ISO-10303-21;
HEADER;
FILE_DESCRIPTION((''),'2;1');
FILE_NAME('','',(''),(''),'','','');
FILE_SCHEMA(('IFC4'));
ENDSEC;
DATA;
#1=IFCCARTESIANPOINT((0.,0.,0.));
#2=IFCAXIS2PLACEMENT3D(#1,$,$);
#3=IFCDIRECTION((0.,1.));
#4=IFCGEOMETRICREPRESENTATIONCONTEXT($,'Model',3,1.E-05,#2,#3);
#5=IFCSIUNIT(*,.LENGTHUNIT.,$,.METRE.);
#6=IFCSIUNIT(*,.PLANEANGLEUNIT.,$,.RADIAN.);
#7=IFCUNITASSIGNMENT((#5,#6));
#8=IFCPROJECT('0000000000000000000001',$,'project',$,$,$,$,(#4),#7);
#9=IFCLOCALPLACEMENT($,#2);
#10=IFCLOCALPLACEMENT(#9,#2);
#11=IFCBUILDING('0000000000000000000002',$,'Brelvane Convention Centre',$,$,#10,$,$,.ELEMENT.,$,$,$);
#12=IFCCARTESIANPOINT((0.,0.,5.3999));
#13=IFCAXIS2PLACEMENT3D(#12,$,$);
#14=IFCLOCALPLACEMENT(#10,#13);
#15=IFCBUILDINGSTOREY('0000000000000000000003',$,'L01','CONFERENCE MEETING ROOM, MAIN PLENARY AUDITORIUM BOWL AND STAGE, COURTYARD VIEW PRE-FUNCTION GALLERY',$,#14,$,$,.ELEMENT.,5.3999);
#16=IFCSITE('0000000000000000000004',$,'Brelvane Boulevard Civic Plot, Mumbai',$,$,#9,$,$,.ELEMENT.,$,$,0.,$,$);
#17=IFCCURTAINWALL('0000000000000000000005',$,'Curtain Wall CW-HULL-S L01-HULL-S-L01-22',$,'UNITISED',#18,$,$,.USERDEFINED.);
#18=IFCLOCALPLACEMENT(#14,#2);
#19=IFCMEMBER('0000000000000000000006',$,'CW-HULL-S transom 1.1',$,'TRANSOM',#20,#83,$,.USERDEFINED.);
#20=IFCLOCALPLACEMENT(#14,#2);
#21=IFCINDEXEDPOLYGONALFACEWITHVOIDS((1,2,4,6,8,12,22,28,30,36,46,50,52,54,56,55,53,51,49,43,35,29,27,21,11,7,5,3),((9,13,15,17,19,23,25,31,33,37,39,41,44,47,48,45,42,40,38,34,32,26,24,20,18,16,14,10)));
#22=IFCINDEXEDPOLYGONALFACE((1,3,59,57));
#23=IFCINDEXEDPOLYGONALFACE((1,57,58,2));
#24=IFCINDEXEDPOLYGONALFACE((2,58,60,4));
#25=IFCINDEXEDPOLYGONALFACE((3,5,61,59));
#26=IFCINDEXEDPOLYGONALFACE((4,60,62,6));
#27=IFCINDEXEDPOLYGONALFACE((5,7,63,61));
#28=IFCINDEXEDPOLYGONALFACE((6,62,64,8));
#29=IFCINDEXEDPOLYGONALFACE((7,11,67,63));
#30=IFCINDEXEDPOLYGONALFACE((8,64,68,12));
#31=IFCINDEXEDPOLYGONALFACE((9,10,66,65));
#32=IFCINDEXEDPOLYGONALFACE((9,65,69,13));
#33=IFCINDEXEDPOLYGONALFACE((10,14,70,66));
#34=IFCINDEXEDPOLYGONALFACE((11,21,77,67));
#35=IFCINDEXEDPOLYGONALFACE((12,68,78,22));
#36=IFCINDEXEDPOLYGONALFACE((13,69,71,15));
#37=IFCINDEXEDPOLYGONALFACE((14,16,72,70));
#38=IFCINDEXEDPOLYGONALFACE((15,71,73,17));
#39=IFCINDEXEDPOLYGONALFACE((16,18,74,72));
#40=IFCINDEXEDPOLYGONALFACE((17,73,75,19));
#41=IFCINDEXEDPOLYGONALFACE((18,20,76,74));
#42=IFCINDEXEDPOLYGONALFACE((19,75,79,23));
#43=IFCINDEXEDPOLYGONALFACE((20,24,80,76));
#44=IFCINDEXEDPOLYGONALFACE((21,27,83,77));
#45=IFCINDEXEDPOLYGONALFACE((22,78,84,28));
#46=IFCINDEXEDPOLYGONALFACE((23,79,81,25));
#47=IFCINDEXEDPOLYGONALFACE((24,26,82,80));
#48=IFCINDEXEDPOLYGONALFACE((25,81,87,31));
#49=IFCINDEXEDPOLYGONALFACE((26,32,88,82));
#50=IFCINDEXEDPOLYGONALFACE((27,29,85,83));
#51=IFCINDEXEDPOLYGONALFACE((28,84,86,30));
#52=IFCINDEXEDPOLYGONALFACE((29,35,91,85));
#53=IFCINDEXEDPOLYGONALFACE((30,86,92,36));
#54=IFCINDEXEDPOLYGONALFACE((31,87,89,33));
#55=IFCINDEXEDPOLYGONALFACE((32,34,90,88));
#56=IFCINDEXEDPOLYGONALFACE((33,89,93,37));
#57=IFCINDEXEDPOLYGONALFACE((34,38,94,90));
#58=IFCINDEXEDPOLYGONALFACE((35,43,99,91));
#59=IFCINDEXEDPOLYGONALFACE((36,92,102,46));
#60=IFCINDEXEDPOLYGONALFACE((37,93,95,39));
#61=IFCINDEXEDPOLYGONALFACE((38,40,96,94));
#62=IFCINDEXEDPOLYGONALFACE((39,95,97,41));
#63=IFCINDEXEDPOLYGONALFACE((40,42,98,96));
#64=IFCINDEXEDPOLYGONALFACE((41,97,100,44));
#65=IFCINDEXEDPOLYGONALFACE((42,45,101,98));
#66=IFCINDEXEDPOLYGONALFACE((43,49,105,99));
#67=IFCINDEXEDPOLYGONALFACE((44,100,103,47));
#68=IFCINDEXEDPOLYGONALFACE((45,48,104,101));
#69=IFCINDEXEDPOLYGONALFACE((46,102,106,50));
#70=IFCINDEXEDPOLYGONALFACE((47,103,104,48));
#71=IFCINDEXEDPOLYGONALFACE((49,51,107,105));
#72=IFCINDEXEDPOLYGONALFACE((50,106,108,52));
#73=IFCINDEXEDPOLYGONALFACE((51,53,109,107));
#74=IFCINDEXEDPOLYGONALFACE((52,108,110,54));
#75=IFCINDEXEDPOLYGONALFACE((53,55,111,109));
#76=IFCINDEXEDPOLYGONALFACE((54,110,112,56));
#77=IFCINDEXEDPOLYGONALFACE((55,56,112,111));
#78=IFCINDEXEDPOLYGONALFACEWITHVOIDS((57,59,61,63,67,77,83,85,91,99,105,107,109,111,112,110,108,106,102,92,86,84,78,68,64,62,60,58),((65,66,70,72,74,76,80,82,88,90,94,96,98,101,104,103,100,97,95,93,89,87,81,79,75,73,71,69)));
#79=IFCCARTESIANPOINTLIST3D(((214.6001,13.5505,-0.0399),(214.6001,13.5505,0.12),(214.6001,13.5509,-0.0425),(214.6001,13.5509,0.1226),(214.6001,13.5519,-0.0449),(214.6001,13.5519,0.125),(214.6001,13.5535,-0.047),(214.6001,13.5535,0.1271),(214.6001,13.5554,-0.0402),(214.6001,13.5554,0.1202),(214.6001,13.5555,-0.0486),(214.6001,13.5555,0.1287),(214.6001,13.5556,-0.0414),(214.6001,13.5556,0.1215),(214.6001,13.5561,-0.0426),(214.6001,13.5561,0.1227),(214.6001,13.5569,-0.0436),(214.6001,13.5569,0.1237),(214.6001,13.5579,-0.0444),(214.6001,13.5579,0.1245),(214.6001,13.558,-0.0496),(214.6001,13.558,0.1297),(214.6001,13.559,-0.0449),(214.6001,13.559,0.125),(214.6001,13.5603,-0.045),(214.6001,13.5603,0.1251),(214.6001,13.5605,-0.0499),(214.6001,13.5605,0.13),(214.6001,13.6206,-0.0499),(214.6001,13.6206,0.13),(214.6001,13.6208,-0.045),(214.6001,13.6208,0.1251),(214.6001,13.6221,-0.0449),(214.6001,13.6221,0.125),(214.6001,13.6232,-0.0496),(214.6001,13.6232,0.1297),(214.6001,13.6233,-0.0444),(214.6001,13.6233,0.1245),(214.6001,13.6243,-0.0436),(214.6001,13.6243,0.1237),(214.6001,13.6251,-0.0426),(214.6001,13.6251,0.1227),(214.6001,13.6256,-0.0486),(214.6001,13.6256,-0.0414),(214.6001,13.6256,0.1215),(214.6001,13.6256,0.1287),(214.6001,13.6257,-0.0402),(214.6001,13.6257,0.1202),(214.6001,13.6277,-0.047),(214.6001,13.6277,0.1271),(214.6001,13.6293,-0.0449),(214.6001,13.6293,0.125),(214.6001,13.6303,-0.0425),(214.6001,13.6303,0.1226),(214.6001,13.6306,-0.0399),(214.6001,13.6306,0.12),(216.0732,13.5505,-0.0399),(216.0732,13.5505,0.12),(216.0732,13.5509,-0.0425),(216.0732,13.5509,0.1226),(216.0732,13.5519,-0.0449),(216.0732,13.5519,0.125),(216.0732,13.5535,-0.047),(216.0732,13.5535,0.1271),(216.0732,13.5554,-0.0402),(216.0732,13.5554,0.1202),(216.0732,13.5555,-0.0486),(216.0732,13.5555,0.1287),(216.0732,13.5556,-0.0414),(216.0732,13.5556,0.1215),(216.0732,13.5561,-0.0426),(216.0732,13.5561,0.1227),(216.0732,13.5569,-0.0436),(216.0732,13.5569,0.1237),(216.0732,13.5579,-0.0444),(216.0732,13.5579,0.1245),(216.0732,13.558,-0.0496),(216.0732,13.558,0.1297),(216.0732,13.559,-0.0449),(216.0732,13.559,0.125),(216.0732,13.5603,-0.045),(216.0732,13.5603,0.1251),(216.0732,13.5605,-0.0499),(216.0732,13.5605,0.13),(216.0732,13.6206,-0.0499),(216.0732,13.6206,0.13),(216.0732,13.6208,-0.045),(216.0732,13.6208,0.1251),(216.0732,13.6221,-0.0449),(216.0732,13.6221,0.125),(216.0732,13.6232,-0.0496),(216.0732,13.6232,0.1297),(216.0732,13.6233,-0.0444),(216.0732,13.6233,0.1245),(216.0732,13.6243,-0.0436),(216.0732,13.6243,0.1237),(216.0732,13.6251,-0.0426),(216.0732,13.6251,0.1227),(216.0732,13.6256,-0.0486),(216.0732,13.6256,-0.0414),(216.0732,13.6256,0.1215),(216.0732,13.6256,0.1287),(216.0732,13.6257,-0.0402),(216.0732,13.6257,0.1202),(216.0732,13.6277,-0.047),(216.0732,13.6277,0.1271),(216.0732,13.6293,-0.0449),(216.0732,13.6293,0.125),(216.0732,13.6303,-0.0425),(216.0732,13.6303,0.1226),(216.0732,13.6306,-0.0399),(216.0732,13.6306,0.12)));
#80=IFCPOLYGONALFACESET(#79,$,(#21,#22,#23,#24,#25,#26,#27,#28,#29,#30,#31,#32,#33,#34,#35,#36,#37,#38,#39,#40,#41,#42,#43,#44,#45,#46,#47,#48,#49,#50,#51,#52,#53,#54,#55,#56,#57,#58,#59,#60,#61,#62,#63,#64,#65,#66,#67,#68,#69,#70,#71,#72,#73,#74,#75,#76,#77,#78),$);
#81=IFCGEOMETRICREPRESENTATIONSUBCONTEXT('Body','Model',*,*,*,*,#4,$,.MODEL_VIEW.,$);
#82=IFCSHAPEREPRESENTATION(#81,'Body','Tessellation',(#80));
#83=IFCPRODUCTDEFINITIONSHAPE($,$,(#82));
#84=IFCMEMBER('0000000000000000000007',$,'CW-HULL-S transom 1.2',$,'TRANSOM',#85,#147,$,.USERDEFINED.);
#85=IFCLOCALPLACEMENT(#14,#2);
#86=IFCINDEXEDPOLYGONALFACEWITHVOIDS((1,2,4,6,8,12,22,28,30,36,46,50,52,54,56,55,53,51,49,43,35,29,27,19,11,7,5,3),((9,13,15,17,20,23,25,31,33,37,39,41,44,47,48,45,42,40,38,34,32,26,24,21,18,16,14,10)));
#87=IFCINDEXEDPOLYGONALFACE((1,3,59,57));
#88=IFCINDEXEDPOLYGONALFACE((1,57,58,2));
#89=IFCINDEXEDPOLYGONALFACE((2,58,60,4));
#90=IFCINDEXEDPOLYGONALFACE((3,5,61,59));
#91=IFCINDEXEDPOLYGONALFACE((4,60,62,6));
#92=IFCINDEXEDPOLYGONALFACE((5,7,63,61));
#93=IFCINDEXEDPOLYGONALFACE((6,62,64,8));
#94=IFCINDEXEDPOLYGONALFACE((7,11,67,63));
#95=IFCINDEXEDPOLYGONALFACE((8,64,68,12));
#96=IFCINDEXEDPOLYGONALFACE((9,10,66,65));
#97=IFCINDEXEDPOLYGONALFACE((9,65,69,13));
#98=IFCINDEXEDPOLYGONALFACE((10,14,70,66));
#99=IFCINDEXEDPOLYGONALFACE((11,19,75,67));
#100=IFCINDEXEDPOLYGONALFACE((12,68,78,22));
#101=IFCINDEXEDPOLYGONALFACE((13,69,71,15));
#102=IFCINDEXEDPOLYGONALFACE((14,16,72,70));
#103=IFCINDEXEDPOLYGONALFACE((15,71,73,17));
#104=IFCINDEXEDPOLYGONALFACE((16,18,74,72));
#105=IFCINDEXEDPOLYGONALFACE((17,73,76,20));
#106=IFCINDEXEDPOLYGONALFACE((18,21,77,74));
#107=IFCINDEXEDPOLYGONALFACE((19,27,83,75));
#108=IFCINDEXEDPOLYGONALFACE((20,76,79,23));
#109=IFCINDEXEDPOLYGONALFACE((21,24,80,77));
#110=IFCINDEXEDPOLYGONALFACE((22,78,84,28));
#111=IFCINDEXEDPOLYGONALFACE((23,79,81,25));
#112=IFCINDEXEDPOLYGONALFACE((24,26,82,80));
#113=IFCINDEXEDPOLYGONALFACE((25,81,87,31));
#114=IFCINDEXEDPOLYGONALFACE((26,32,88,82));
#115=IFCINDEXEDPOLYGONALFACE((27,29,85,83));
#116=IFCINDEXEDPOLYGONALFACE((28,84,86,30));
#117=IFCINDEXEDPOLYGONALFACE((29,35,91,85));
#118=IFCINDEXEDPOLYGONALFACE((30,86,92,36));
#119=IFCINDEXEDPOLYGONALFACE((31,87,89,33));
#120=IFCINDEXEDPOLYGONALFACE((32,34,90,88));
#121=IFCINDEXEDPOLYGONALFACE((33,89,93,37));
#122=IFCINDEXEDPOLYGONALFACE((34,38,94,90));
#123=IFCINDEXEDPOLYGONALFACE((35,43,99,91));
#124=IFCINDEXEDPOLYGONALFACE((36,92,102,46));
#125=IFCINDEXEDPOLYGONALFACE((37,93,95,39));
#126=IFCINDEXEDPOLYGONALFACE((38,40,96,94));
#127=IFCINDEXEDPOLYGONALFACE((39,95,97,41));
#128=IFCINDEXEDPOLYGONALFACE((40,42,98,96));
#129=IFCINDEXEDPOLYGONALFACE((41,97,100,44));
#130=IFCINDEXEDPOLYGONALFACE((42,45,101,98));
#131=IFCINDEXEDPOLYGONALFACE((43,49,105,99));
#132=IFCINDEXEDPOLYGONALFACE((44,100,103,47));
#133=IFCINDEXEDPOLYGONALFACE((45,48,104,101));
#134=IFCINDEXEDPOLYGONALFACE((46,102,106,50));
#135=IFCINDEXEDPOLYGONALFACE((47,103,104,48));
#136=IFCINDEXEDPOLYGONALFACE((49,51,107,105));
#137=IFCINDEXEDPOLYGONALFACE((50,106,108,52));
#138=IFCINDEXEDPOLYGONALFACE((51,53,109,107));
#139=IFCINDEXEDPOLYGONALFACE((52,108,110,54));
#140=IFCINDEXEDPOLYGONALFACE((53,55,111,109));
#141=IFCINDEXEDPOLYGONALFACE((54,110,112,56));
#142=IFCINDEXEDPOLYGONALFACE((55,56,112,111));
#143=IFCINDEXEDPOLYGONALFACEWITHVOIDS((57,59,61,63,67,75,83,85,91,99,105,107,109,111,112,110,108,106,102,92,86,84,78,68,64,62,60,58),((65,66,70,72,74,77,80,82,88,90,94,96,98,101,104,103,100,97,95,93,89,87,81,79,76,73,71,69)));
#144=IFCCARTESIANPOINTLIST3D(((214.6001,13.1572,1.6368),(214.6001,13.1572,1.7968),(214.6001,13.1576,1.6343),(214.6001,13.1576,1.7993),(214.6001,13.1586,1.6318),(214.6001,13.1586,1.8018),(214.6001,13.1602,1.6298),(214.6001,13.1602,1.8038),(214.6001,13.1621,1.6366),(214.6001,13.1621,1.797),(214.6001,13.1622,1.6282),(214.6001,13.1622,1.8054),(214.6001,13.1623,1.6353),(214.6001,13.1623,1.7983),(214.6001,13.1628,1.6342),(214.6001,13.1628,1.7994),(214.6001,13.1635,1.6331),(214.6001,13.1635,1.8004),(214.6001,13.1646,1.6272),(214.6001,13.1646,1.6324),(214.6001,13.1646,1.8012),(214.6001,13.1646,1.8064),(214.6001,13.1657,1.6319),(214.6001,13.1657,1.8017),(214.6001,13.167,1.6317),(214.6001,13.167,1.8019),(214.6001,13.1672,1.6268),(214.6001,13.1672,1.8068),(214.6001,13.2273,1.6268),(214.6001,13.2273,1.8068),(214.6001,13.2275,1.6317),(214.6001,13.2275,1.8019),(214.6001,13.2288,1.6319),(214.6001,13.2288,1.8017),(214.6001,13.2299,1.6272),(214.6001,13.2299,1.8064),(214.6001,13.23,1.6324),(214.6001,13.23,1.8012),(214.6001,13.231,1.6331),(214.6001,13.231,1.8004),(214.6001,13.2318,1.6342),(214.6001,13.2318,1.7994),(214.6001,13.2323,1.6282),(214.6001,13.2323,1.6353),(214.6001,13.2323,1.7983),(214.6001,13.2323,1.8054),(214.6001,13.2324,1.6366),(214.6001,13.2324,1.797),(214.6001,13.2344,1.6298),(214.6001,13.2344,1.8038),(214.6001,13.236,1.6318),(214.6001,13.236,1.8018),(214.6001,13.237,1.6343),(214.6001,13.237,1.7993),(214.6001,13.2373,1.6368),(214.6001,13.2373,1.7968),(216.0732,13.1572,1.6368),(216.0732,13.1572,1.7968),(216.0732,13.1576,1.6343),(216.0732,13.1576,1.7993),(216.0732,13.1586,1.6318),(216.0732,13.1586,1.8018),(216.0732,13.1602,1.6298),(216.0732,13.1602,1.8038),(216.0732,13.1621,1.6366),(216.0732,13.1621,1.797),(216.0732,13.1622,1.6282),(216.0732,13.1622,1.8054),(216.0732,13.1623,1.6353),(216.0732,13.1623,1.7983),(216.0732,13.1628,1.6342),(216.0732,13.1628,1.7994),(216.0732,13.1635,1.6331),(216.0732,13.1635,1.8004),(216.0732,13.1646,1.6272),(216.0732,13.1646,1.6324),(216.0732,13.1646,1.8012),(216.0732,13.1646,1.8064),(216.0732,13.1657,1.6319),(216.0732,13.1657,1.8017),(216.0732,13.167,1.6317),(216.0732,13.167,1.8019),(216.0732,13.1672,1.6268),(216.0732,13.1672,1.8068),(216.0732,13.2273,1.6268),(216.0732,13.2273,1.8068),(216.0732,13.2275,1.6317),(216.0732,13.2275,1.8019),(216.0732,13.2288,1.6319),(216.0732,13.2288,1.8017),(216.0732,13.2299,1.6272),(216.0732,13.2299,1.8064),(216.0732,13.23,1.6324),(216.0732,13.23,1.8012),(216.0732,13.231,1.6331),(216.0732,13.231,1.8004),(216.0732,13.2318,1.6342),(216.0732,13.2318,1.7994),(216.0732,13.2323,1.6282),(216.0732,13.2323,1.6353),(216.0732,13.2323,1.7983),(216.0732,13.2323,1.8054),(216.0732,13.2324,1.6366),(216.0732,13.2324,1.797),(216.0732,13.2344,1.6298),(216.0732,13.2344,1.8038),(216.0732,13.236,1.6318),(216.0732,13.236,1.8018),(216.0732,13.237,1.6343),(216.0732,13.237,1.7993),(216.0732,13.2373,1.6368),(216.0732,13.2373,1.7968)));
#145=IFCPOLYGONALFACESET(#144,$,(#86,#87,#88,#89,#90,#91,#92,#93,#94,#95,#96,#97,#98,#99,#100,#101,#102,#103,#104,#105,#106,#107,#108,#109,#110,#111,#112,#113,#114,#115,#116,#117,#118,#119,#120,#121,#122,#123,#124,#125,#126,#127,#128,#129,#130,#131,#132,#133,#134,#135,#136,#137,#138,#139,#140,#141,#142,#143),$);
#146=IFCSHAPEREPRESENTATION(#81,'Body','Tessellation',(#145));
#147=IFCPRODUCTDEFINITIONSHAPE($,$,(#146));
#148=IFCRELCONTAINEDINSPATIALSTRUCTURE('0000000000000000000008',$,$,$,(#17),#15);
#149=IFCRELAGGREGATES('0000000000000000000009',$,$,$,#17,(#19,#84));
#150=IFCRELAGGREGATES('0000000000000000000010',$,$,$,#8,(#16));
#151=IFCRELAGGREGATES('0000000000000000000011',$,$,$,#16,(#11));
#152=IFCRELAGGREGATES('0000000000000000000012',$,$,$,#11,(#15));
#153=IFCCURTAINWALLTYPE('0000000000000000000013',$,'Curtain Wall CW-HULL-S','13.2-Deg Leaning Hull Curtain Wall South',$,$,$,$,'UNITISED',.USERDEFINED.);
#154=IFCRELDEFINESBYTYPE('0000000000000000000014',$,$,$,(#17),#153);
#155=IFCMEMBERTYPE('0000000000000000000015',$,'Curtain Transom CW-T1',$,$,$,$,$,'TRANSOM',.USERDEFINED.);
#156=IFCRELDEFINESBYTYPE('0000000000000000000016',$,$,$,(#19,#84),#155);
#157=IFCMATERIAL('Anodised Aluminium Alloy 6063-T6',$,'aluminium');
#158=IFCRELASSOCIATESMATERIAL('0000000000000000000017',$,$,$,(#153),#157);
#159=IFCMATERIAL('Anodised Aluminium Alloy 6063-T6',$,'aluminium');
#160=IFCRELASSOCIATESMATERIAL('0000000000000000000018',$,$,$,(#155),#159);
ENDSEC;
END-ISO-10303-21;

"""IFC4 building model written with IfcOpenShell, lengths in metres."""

from ifc_helpers import new_model, si_unit, direction, frame, origin, origin_2d, place, context, subcontext, project, spatial, hollow_rectangle, extrude, material, material_profile, profile_set, type_object, element, aggregate, save


model = new_model("IFC4")

# Units and contexts
model_context = context("Model", 3, precision=1e-05, world=origin(), true_north=direction((0.0, 1.0)))
body_context = subcontext(model_context, "Body", "Model", "MODEL_VIEW")
ifc_project = project(units=[si_unit("LENGTHUNIT", "METRE"), si_unit("PLANEANGLEUNIT", "RADIAN")], contexts=[model_context])

# Site, building, storey
site_placement = place(None, origin())
site = spatial("IfcSite", under=ifc_project, at=site_placement, Name="Brelvane Boulevard Civic Plot, Mumbai", CompositionType="ELEMENT", RefElevation=0.0)
building_placement = place(site_placement, origin())
building = spatial("IfcBuilding", under=site, at=building_placement, Name="Brelvane Convention Centre", CompositionType="ELEMENT")
storey_placement = place(building_placement, frame((0.0, 0.0, 5.3999)))
storey = spatial("IfcBuildingStorey", under=building, at=storey_placement, Name="L01", Description="CONFERENCE MEETING ROOM, MAIN PLENARY AUDITORIUM BOWL AND STAGE, COURTYARD VIEW PRE-FUNCTION GALLERY", CompositionType="ELEMENT", Elevation=5.3999)

# Curtain wall, members
ifc_material_1 = material(Name="Anodised Aluminium Alloy 6063-T6", Category="aluminium")
curtain_wall_type = type_object("IfcCurtainWallType", Name="Curtain Wall CW-HULL-S", Description="13.2-Deg Leaning Hull Curtain Wall South", ElementType="UNITISED", PredefinedType="USERDEFINED", material=ifc_material_1)
curtain_wall_placement = place(storey_placement, origin())
curtain_wall = element("IfcCurtainWall", 1, at=curtain_wall_placement, inside=storey, type_object=curtain_wall_type, Name="Curtain Wall CW-HULL-S L01-HULL-S-L01-22", ObjectType="UNITISED", PredefinedType="USERDEFINED")
ifc_material_2 = material(Name="Anodised Aluminium Alloy 6063-T6", Category="aluminium")
ifc_material_profile_1 = material_profile(ifc_material_2, hollow_rectangle(XDim=0.0801, YDim=0.1799, WallThickness=0.0049, InnerFilletRadius=0.0049, OuterFilletRadius=0.01, at=origin_2d()), Name="ALU-T 180x80x5.0")
ifc_profile_set_1 = profile_set([ifc_material_profile_1], Name="Anodised Aluminium Alloy 6063-T6")
member_type_1 = type_object("IfcMemberType", Name="Curtain Transom CW-T1", ElementType="TRANSOM", PredefinedType="USERDEFINED", material=ifc_profile_set_1)
member_1_placement = place(storey_placement, frame((214.6001, 13.5906, 0.04), z_axis=(1.0, 0.0, 0.0), x_axis=(0.0, 1.0, 0.0)))
member_1 = element("IfcMember", 2, at=member_1_placement, type_object=member_type_1, Name="CW-HULL-S transom 1.1", ObjectType="TRANSOM", PredefinedType="USERDEFINED", context=body_context, shape_type="SweptSolid", body=[
    extrude(hollow_rectangle(XDim=0.0801, YDim=0.1799, WallThickness=0.0049, InnerFilletRadius=0.0049, OuterFilletRadius=0.01, at=origin_2d()), origin(), (0.0, 0.0, 1.0), 1.4731),
])
member_2_placement = place(storey_placement, frame((214.6001, 13.1973, 1.7168), z_axis=(1.0, 0.0, 0.0), x_axis=(0.0, 1.0, 0.0)))
member_2 = element("IfcMember", 3, at=member_2_placement, type_object=member_type_1, Name="CW-HULL-S transom 1.2", ObjectType="TRANSOM", PredefinedType="USERDEFINED", context=body_context, shape_type="SweptSolid", body=[
    extrude(hollow_rectangle(XDim=0.0801, YDim=0.1799, WallThickness=0.0049, InnerFilletRadius=0.0049, OuterFilletRadius=0.01, at=origin_2d()), origin(), (0.0, 0.0, 1.0), 1.4731),
])
aggregate(curtain_wall, [member_1, member_2])

save(model, "model.ifc")
